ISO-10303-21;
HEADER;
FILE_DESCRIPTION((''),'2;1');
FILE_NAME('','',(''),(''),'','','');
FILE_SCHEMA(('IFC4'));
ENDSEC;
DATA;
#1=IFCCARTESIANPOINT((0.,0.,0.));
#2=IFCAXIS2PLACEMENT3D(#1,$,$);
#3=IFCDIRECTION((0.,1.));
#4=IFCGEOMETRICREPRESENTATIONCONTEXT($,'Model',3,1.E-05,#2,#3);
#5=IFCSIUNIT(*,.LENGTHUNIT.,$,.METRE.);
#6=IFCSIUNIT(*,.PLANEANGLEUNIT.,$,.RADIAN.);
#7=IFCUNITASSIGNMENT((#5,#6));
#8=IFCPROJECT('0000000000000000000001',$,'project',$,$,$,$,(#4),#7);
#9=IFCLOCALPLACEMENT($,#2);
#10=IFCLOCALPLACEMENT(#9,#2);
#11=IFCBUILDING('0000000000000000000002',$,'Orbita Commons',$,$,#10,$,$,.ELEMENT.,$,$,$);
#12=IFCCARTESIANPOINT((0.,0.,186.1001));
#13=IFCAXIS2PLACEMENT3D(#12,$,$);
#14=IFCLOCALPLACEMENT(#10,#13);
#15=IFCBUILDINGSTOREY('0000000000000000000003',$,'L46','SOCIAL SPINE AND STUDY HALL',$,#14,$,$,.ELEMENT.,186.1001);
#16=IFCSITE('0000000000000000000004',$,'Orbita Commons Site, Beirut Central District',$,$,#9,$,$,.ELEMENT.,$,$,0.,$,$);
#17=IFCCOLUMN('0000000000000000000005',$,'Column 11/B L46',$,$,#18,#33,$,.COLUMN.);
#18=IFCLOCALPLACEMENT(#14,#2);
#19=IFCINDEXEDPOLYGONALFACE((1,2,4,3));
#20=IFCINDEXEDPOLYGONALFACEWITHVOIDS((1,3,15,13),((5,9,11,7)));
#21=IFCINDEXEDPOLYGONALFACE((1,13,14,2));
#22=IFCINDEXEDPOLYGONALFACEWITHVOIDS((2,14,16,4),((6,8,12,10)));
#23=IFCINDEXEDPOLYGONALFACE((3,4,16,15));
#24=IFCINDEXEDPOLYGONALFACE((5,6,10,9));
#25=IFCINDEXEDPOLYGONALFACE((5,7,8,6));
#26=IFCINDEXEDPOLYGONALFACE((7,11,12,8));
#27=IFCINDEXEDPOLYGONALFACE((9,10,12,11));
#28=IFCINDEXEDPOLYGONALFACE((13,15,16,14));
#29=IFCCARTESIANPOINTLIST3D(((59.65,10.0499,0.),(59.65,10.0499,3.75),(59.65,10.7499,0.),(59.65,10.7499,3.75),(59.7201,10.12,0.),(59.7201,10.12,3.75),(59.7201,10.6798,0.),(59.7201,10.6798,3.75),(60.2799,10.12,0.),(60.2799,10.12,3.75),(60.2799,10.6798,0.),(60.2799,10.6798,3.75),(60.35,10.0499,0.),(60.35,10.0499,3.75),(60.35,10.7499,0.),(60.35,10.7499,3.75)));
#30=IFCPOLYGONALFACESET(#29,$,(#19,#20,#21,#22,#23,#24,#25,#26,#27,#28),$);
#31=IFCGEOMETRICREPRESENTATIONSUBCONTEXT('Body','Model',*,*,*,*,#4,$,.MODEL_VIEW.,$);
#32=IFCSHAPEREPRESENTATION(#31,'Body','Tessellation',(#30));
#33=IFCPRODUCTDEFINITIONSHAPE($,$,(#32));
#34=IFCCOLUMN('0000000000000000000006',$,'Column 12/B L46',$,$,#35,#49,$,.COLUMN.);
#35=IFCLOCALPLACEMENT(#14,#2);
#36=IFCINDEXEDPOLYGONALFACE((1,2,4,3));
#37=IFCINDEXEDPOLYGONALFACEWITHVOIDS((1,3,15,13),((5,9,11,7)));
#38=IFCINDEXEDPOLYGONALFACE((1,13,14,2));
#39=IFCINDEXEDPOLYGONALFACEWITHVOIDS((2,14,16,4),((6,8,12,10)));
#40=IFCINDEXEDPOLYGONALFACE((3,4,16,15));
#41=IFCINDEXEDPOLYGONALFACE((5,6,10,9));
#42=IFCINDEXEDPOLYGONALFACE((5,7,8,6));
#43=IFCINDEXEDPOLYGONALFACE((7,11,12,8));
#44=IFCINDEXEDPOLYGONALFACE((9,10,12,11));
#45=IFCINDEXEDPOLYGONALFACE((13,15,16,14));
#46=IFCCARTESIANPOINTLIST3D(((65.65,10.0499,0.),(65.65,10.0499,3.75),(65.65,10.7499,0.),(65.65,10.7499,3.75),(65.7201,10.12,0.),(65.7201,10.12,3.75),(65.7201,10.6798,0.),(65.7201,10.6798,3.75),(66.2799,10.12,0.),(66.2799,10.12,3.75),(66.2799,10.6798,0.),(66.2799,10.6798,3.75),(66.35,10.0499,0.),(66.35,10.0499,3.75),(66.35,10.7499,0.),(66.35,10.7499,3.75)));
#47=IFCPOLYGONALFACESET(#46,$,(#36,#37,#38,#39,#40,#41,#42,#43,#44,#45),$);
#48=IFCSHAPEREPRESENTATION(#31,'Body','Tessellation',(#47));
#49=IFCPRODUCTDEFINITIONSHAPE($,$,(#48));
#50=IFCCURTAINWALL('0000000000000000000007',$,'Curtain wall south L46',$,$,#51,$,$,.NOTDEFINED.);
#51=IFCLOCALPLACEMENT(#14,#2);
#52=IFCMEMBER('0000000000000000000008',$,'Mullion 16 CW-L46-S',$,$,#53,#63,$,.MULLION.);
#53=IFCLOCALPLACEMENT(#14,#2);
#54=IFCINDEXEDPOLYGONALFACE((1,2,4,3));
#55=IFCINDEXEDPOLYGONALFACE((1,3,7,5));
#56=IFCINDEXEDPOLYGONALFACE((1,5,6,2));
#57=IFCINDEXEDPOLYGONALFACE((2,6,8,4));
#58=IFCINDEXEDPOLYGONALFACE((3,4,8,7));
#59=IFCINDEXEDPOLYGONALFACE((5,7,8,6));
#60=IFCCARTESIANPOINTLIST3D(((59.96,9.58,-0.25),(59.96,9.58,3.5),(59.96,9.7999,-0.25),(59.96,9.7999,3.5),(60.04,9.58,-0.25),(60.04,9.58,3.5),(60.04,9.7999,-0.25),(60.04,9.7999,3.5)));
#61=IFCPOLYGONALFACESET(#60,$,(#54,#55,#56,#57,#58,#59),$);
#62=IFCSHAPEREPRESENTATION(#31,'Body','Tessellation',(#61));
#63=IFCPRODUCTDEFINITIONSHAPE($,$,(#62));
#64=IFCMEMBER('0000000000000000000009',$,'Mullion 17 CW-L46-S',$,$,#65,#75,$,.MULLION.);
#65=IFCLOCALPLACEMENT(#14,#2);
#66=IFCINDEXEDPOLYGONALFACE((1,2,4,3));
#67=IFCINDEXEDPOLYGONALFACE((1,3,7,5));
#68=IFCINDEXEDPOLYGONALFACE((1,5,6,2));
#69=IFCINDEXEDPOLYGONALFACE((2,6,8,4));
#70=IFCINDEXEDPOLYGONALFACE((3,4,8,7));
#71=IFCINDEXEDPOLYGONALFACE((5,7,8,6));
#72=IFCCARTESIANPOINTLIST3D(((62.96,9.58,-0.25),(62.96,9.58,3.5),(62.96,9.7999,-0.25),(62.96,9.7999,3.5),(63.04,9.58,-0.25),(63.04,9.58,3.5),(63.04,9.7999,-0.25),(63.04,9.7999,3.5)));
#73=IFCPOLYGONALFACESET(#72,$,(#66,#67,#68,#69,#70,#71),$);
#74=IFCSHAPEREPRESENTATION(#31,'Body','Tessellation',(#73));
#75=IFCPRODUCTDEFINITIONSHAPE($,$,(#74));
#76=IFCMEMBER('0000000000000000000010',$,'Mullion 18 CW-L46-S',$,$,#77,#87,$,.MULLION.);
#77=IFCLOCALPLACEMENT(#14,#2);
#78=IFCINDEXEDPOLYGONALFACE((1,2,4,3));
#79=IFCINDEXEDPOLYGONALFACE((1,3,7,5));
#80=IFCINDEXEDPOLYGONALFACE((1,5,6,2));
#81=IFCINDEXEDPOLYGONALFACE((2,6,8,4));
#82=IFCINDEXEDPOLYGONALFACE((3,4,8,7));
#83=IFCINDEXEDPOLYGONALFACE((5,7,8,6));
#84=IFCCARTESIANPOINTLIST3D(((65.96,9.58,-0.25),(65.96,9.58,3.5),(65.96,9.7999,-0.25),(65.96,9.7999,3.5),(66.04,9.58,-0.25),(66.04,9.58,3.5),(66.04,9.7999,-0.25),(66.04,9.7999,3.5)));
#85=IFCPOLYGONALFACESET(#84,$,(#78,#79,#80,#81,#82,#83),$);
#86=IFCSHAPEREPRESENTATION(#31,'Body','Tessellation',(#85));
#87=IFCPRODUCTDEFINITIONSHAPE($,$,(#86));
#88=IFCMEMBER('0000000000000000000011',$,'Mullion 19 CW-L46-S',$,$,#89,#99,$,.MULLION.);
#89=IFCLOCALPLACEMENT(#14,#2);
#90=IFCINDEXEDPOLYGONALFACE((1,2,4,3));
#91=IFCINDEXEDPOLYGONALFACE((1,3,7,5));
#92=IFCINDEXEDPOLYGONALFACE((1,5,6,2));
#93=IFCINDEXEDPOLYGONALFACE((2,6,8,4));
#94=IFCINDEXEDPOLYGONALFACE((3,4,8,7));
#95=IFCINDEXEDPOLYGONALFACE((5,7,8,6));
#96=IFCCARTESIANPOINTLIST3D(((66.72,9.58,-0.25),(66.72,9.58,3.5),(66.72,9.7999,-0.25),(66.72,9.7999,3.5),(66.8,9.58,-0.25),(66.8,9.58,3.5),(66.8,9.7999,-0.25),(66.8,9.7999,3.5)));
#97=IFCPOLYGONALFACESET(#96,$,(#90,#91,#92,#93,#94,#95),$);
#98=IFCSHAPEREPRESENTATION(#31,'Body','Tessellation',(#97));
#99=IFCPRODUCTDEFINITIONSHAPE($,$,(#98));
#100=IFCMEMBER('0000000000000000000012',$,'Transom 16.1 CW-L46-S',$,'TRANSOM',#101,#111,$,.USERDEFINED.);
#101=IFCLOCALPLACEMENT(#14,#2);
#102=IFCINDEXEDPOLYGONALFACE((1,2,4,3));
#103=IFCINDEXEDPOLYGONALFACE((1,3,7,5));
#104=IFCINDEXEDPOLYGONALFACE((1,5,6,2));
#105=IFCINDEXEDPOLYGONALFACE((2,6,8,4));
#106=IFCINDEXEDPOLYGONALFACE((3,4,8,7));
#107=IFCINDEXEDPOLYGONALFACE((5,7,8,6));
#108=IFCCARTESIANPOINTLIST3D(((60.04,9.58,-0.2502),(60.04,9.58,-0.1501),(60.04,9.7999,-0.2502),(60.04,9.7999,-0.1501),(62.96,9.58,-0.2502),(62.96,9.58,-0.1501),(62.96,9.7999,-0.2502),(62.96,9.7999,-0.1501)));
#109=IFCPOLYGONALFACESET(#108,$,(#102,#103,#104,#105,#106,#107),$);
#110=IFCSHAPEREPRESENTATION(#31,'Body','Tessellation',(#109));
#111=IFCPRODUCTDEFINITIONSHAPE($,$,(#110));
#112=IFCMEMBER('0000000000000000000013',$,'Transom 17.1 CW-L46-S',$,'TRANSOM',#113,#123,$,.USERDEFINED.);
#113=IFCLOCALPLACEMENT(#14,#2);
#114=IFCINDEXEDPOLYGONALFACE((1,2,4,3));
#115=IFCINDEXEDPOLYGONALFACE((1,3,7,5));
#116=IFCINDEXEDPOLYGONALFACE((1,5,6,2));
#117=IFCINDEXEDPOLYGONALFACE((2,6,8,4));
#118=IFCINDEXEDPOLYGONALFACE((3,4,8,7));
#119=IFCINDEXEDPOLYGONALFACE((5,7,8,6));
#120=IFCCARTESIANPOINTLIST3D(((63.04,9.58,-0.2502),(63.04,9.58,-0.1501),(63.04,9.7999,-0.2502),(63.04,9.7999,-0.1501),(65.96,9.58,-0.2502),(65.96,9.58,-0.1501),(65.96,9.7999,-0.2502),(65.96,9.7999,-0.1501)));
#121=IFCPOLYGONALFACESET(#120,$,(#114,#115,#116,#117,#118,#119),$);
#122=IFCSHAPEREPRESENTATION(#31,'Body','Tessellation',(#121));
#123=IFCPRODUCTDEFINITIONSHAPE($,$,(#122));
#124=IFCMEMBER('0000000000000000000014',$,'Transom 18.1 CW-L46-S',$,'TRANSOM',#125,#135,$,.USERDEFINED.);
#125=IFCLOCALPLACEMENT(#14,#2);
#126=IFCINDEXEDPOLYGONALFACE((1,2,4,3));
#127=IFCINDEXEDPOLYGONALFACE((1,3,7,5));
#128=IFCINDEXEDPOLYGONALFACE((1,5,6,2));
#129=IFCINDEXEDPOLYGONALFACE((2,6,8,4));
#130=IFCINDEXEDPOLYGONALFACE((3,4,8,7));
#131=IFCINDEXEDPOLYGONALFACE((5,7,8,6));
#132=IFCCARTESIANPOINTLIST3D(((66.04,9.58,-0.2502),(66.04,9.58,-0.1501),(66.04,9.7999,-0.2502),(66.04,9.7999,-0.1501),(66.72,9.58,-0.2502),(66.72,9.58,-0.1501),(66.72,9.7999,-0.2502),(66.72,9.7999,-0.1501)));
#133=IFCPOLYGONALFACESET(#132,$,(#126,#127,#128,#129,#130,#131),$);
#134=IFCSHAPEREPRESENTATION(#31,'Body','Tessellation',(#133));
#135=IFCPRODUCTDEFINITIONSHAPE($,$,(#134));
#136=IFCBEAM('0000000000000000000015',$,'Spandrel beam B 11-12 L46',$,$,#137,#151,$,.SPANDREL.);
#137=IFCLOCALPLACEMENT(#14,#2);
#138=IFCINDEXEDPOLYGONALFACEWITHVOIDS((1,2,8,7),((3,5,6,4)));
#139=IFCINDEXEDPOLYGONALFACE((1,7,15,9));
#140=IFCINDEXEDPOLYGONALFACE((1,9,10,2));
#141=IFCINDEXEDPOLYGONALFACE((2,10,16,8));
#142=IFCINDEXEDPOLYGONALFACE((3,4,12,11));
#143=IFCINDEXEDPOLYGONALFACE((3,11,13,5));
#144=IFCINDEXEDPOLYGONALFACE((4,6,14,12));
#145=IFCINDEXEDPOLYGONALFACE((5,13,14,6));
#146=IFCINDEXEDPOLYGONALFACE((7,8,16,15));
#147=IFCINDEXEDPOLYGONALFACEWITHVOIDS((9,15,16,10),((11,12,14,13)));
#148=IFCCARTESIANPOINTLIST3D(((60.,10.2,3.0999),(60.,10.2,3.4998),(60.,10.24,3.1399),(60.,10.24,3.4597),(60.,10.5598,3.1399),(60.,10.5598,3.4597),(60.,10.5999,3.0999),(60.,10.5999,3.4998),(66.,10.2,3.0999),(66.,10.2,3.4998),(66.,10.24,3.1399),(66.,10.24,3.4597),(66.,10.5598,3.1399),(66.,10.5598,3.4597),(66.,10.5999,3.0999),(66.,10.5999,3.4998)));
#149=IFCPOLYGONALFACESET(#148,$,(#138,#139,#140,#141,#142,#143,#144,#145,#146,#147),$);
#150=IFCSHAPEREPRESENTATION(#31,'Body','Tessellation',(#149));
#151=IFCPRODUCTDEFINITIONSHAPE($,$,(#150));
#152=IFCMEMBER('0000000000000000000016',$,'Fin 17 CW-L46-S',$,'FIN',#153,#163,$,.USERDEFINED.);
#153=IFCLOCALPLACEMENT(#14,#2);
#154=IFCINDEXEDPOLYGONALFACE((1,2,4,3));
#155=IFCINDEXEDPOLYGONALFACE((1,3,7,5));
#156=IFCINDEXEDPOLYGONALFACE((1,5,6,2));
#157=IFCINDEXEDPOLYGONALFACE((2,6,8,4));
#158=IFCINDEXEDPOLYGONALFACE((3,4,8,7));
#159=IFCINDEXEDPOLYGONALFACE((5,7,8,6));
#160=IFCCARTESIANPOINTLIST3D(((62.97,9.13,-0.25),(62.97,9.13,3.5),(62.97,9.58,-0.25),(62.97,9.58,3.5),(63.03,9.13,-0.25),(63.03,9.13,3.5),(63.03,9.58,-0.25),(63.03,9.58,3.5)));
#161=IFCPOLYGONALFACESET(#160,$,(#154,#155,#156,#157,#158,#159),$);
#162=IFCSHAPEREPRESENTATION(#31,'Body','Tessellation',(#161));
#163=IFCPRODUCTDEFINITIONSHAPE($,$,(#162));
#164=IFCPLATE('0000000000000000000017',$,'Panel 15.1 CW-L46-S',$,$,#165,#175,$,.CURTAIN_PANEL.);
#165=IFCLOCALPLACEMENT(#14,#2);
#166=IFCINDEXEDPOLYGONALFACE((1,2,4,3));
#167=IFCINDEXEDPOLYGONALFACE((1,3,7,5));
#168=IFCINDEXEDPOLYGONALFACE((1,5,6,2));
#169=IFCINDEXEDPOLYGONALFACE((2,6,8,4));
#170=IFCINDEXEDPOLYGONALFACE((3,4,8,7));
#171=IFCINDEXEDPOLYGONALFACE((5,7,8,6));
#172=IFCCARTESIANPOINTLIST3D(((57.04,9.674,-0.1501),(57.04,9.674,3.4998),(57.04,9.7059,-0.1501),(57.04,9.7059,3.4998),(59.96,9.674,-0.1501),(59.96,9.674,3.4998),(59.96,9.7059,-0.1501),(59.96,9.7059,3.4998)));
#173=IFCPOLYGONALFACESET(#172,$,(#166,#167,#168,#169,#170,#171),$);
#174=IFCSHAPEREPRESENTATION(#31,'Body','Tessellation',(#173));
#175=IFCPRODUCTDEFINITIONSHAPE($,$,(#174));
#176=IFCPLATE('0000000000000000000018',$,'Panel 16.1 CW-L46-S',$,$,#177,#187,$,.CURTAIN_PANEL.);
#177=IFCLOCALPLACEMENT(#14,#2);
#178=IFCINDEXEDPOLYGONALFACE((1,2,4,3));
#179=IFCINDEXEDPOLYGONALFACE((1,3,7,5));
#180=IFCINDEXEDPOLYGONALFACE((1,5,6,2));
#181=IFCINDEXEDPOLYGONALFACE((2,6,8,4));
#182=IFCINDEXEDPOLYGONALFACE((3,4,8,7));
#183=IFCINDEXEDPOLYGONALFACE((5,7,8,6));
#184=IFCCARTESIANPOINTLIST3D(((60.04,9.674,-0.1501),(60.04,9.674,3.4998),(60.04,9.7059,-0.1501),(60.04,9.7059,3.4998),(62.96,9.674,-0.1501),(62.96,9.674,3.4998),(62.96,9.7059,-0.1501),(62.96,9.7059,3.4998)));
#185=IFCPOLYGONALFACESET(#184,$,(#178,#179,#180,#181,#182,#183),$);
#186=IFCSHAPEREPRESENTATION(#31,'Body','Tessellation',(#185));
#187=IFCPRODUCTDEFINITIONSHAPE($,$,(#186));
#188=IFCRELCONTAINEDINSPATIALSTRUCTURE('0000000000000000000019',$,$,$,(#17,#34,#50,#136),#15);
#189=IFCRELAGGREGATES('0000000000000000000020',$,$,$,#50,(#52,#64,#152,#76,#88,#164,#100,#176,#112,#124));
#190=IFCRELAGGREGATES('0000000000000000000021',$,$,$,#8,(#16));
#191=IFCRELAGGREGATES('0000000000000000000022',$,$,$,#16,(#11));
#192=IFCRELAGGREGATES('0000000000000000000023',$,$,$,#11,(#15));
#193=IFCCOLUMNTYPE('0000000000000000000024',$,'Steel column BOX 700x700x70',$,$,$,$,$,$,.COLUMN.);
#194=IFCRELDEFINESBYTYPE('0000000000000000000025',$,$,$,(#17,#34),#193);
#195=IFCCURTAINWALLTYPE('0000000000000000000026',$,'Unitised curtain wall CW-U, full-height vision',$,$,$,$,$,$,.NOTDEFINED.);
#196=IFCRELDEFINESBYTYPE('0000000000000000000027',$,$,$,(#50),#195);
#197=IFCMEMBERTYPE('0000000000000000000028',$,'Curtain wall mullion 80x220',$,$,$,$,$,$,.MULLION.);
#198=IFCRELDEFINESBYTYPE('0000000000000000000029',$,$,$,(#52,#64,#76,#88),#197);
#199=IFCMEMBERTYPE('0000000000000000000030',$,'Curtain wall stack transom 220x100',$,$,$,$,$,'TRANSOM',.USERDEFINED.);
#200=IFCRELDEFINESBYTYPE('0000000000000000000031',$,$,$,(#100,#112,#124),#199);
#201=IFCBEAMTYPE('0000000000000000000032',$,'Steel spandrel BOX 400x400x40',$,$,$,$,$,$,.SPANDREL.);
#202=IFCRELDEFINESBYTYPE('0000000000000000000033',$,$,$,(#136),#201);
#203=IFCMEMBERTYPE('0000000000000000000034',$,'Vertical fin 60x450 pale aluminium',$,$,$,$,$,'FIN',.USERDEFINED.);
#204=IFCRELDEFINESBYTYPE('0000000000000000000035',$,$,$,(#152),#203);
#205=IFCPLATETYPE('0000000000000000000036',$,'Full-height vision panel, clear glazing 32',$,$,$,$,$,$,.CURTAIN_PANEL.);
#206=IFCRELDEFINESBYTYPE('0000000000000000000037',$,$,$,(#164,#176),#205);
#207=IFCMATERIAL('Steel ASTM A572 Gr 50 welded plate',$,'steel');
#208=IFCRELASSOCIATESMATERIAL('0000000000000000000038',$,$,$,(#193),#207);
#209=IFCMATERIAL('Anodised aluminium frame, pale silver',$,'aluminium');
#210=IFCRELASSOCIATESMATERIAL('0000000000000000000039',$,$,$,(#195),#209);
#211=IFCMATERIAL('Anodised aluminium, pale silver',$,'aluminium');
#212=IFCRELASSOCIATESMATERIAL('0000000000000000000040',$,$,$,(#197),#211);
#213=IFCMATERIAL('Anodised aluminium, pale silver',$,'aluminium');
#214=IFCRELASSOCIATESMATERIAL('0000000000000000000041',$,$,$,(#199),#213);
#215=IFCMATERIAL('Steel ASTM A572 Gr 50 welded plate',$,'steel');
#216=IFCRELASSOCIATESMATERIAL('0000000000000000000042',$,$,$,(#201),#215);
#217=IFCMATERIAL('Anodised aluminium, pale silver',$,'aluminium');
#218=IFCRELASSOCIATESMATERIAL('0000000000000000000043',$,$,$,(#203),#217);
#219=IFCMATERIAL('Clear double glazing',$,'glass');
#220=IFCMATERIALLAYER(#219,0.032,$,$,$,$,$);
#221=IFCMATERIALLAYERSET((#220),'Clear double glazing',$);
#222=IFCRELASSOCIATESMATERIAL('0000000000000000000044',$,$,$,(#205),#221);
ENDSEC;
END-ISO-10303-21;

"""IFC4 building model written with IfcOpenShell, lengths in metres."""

from ifc_helpers import new_model, si_unit, direction, frame, origin, origin_2d, place, context, subcontext, project, spatial, rectangle, hollow_rectangle, extrude, material, layer, layer_set, material_profile, profile_set, type_object, element, aggregate, save


model = new_model("IFC4")

# Units and contexts
model_context = context("Model", 3, precision=1e-05, world=origin(), true_north=direction((0.0, 1.0)))
body_context = subcontext(model_context, "Body", "Model", "MODEL_VIEW")
ifc_project = project(units=[si_unit("LENGTHUNIT", "METRE"), si_unit("PLANEANGLEUNIT", "RADIAN")], contexts=[model_context])

# Site, building, storey
site_placement = place(None, origin())
site = spatial("IfcSite", under=ifc_project, at=site_placement, Name="Orbita Commons Site, Beirut Central District", CompositionType="ELEMENT", RefElevation=0.0)
building_placement = place(site_placement, origin())
building = spatial("IfcBuilding", under=site, at=building_placement, Name="Orbita Commons", CompositionType="ELEMENT")
storey_placement = place(building_placement, frame((0.0, 0.0, 186.1001)))
storey = spatial("IfcBuildingStorey", under=building, at=storey_placement, Name="L46", Description="SOCIAL SPINE AND STUDY HALL", CompositionType="ELEMENT", Elevation=186.1001)

# Columns
ifc_material_1 = material(Name="Steel ASTM A572 Gr 50 welded plate", Category="steel")
ifc_material_profile_1 = material_profile(ifc_material_1, hollow_rectangle(XDim=0.7, YDim=0.7, WallThickness=0.0701, at=origin_2d()), Name="BOX 700x700x70")
ifc_profile_set_1 = profile_set([ifc_material_profile_1], Name="Steel ASTM A572 Gr 50 welded plate")
column_type = type_object("IfcColumnType", Name="Steel column BOX 700x700x70", PredefinedType="COLUMN", material=ifc_profile_set_1)
for number, where, z_axis, x_axis, name in (
    (1, (60.0, 10.3999, 0.0), (0.0, 0.0, 1.0), (1.0, 0.0, 0.0), "Column 11/B L46"),
    (2, (66.0, 10.3999, 0.0), (0.0, 0.0, 1.0), (1.0, 0.0, 0.0), "Column 12/B L46"),
):
    element("IfcColumn", number, at=place(storey_placement, frame(where, z_axis=z_axis, x_axis=x_axis)), inside=storey, type_object=column_type, Name=name, PredefinedType="COLUMN", context=body_context, shape_type="SweptSolid", body=[
        extrude(hollow_rectangle(XDim=0.7, YDim=0.7, WallThickness=0.0701, at=origin_2d()), origin(), (0.0, 0.0, 1.0), 3.75),
    ])

# Curtain wall, members
ifc_material_2 = material(Name="Anodised aluminium frame, pale silver", Category="aluminium")
curtain_wall_type = type_object("IfcCurtainWallType", Name="Unitised curtain wall CW-U, full-height vision", PredefinedType="NOTDEFINED", material=ifc_material_2)
curtain_wall_placement = place(storey_placement, origin())
curtain_wall = element("IfcCurtainWall", 3, at=curtain_wall_placement, inside=storey, type_object=curtain_wall_type, Name="Curtain wall south L46", PredefinedType="NOTDEFINED")
ifc_material_3 = material(Name="Anodised aluminium, pale silver", Category="aluminium")
ifc_material_profile_2 = material_profile(ifc_material_3, rectangle(XDim=0.0801, YDim=0.22, at=origin_2d()), Name="AL 80x220")
ifc_profile_set_2 = profile_set([ifc_material_profile_2], Name="Anodised aluminium, pale silver")
member_type_1 = type_object("IfcMemberType", Name="Curtain wall mullion 80x220", PredefinedType="MULLION", material=ifc_profile_set_2)
member_1_placement = place(storey_placement, frame((60.0, 9.6899, -0.25), z_axis=(0.0, 0.0, 1.0), x_axis=(1.0, 0.0, 0.0)))
member_1 = element("IfcMember", 4, at=member_1_placement, type_object=member_type_1, Name="Mullion 16 CW-L46-S", PredefinedType="MULLION", context=body_context, shape_type="SweptSolid", body=[
    extrude(rectangle(XDim=0.0801, YDim=0.22, at=origin_2d()), origin(), (0.0, 0.0, 1.0), 3.75),
])
member_2_placement = place(storey_placement, frame((63.0, 9.6899, -0.25), z_axis=(0.0, 0.0, 1.0), x_axis=(1.0, 0.0, 0.0)))
member_2 = element("IfcMember", 5, at=member_2_placement, type_object=member_type_1, Name="Mullion 17 CW-L46-S", PredefinedType="MULLION", context=body_context, shape_type="SweptSolid", body=[
    extrude(rectangle(XDim=0.0801, YDim=0.22, at=origin_2d()), origin(), (0.0, 0.0, 1.0), 3.75),
])
member_3_placement = place(storey_placement, frame((66.0, 9.6899, -0.25), z_axis=(0.0, 0.0, 1.0), x_axis=(1.0, 0.0, 0.0)))
member_3 = element("IfcMember", 6, at=member_3_placement, type_object=member_type_1, Name="Mullion 18 CW-L46-S", PredefinedType="MULLION", context=body_context, shape_type="SweptSolid", body=[
    extrude(rectangle(XDim=0.0801, YDim=0.22, at=origin_2d()), origin(), (0.0, 0.0, 1.0), 3.75),
])
member_4_placement = place(storey_placement, frame((66.76, 9.6899, -0.25), z_axis=(0.0, 0.0, 1.0), x_axis=(1.0, 0.0, 0.0)))
member_4 = element("IfcMember", 7, at=member_4_placement, type_object=member_type_1, Name="Mullion 19 CW-L46-S", PredefinedType="MULLION", context=body_context, shape_type="SweptSolid", body=[
    extrude(rectangle(XDim=0.0801, YDim=0.22, at=origin_2d()), origin(), (0.0, 0.0, 1.0), 3.75),
])
ifc_material_4 = material(Name="Anodised aluminium, pale silver", Category="aluminium")
ifc_material_profile_3 = material_profile(ifc_material_4, rectangle(XDim=0.22, YDim=0.1001, at=origin_2d()), Name="AL 220x100")
ifc_profile_set_3 = profile_set([ifc_material_profile_3], Name="Anodised aluminium, pale silver")
member_type_2 = type_object("IfcMemberType", Name="Curtain wall stack transom 220x100", ElementType="TRANSOM", PredefinedType="USERDEFINED", material=ifc_profile_set_3)
member_5_placement = place(storey_placement, frame((60.04, 9.6899, -0.2002), z_axis=(1.0, 0.0, 0.0), x_axis=(0.0, 1.0, 0.0)))
member_5 = element("IfcMember", 8, at=member_5_placement, type_object=member_type_2, Name="Transom 16.1 CW-L46-S", ObjectType="TRANSOM", PredefinedType="USERDEFINED", context=body_context, shape_type="SweptSolid", body=[
    extrude(rectangle(XDim=0.22, YDim=0.1001, at=origin_2d()), origin(), (0.0, 0.0, 1.0), 2.9199),
])
member_6_placement = place(storey_placement, frame((63.04, 9.6899, -0.2002), z_axis=(1.0, 0.0, 0.0), x_axis=(0.0, 1.0, 0.0)))
member_6 = element("IfcMember", 9, at=member_6_placement, type_object=member_type_2, Name="Transom 17.1 CW-L46-S", ObjectType="TRANSOM", PredefinedType="USERDEFINED", context=body_context, shape_type="SweptSolid", body=[
    extrude(rectangle(XDim=0.22, YDim=0.1001, at=origin_2d()), origin(), (0.0, 0.0, 1.0), 2.9199),
])
member_7_placement = place(storey_placement, frame((66.04, 9.6899, -0.2002), z_axis=(1.0, 0.0, 0.0), x_axis=(0.0, 1.0, 0.0)))
member_7 = element("IfcMember", 10, at=member_7_placement, type_object=member_type_2, Name="Transom 18.1 CW-L46-S", ObjectType="TRANSOM", PredefinedType="USERDEFINED", context=body_context, shape_type="SweptSolid", body=[
    extrude(rectangle(XDim=0.22, YDim=0.1001, at=origin_2d()), origin(), (0.0, 0.0, 1.0), 0.6799),
])

# Beam
ifc_material_5 = material(Name="Steel ASTM A572 Gr 50 welded plate", Category="steel")
ifc_material_profile_4 = material_profile(ifc_material_5, hollow_rectangle(XDim=0.3999, YDim=0.3999, WallThickness=0.04, at=origin_2d()), Name="BOX 400x400x40")
ifc_profile_set_4 = profile_set([ifc_material_profile_4], Name="Steel ASTM A572 Gr 50 welded plate")
beam_type = type_object("IfcBeamType", Name="Steel spandrel BOX 400x400x40", PredefinedType="SPANDREL", material=ifc_profile_set_4)
beam_placement = place(storey_placement, frame((60.0, 10.3999, 3.2998), z_axis=(1.0, 0.0, 0.0), x_axis=(0.0, 1.0, 0.0)))
element("IfcBeam", 11, at=beam_placement, inside=storey, type_object=beam_type, Name="Spandrel beam B 11-12 L46", PredefinedType="SPANDREL", context=body_context, shape_type="SweptSolid", body=[
    extrude(hollow_rectangle(XDim=0.3999, YDim=0.3999, WallThickness=0.04, at=origin_2d()), origin(), (0.0, 0.0, 1.0), 6.0),
])

# Member
ifc_material_6 = material(Name="Anodised aluminium, pale silver", Category="aluminium")
ifc_material_profile_5 = material_profile(ifc_material_6, rectangle(XDim=0.0601, YDim=0.45, at=origin_2d()), Name="FIN 60x450")
ifc_profile_set_5 = profile_set([ifc_material_profile_5], Name="Anodised aluminium, pale silver")
member_type_3 = type_object("IfcMemberType", Name="Vertical fin 60x450 pale aluminium", ElementType="FIN", PredefinedType="USERDEFINED", material=ifc_profile_set_5)
member_8_placement = place(storey_placement, frame((63.0, 9.355, -0.25), z_axis=(0.0, 0.0, 1.0), x_axis=(1.0, 0.0, 0.0)))
member_8 = element("IfcMember", 12, at=member_8_placement, type_object=member_type_3, Name="Fin 17 CW-L46-S", ObjectType="FIN", PredefinedType="USERDEFINED", context=body_context, shape_type="SweptSolid", body=[
    extrude(rectangle(XDim=0.0601, YDim=0.45, at=origin_2d()), origin(), (0.0, 0.0, 1.0), 3.75),
])

# Plates
ifc_material_7 = material(Name="Clear double glazing", Category="glass")
ifc_layer_1 = layer(ifc_material_7, 0.032)
ifc_layer_set_1 = layer_set([ifc_layer_1], Name="Clear double glazing")
plate_type = type_object("IfcPlateType", Name="Full-height vision panel, clear glazing 32", PredefinedType="CURTAIN_PANEL", material=ifc_layer_set_1)
plate_1_placement = place(storey_placement, frame((58.5, 9.6899, -0.1501), z_axis=(0.0, 0.0, 1.0), x_axis=(1.0, 0.0, 0.0)))
plate_1 = element("IfcPlate", 13, at=plate_1_placement, type_object=plate_type, Name="Panel 15.1 CW-L46-S", PredefinedType="CURTAIN_PANEL", context=body_context, shape_type="SweptSolid", body=[
    extrude(rectangle(XDim=2.9199, YDim=0.032, at=origin_2d()), origin(), (0.0, 0.0, 1.0), 3.6499),
])
plate_2_placement = place(storey_placement, frame((61.5, 9.6899, -0.1501), z_axis=(0.0, 0.0, 1.0), x_axis=(1.0, 0.0, 0.0)))
plate_2 = element("IfcPlate", 14, at=plate_2_placement, type_object=plate_type, Name="Panel 16.1 CW-L46-S", PredefinedType="CURTAIN_PANEL", context=body_context, shape_type="SweptSolid", body=[
    extrude(rectangle(XDim=2.9199, YDim=0.032, at=origin_2d()), origin(), (0.0, 0.0, 1.0), 3.6499),
])
aggregate(curtain_wall, [member_1, member_2, member_8, member_3, member_4, plate_1, member_5, plate_2, member_6, member_7])

save(model, "model.ifc")
